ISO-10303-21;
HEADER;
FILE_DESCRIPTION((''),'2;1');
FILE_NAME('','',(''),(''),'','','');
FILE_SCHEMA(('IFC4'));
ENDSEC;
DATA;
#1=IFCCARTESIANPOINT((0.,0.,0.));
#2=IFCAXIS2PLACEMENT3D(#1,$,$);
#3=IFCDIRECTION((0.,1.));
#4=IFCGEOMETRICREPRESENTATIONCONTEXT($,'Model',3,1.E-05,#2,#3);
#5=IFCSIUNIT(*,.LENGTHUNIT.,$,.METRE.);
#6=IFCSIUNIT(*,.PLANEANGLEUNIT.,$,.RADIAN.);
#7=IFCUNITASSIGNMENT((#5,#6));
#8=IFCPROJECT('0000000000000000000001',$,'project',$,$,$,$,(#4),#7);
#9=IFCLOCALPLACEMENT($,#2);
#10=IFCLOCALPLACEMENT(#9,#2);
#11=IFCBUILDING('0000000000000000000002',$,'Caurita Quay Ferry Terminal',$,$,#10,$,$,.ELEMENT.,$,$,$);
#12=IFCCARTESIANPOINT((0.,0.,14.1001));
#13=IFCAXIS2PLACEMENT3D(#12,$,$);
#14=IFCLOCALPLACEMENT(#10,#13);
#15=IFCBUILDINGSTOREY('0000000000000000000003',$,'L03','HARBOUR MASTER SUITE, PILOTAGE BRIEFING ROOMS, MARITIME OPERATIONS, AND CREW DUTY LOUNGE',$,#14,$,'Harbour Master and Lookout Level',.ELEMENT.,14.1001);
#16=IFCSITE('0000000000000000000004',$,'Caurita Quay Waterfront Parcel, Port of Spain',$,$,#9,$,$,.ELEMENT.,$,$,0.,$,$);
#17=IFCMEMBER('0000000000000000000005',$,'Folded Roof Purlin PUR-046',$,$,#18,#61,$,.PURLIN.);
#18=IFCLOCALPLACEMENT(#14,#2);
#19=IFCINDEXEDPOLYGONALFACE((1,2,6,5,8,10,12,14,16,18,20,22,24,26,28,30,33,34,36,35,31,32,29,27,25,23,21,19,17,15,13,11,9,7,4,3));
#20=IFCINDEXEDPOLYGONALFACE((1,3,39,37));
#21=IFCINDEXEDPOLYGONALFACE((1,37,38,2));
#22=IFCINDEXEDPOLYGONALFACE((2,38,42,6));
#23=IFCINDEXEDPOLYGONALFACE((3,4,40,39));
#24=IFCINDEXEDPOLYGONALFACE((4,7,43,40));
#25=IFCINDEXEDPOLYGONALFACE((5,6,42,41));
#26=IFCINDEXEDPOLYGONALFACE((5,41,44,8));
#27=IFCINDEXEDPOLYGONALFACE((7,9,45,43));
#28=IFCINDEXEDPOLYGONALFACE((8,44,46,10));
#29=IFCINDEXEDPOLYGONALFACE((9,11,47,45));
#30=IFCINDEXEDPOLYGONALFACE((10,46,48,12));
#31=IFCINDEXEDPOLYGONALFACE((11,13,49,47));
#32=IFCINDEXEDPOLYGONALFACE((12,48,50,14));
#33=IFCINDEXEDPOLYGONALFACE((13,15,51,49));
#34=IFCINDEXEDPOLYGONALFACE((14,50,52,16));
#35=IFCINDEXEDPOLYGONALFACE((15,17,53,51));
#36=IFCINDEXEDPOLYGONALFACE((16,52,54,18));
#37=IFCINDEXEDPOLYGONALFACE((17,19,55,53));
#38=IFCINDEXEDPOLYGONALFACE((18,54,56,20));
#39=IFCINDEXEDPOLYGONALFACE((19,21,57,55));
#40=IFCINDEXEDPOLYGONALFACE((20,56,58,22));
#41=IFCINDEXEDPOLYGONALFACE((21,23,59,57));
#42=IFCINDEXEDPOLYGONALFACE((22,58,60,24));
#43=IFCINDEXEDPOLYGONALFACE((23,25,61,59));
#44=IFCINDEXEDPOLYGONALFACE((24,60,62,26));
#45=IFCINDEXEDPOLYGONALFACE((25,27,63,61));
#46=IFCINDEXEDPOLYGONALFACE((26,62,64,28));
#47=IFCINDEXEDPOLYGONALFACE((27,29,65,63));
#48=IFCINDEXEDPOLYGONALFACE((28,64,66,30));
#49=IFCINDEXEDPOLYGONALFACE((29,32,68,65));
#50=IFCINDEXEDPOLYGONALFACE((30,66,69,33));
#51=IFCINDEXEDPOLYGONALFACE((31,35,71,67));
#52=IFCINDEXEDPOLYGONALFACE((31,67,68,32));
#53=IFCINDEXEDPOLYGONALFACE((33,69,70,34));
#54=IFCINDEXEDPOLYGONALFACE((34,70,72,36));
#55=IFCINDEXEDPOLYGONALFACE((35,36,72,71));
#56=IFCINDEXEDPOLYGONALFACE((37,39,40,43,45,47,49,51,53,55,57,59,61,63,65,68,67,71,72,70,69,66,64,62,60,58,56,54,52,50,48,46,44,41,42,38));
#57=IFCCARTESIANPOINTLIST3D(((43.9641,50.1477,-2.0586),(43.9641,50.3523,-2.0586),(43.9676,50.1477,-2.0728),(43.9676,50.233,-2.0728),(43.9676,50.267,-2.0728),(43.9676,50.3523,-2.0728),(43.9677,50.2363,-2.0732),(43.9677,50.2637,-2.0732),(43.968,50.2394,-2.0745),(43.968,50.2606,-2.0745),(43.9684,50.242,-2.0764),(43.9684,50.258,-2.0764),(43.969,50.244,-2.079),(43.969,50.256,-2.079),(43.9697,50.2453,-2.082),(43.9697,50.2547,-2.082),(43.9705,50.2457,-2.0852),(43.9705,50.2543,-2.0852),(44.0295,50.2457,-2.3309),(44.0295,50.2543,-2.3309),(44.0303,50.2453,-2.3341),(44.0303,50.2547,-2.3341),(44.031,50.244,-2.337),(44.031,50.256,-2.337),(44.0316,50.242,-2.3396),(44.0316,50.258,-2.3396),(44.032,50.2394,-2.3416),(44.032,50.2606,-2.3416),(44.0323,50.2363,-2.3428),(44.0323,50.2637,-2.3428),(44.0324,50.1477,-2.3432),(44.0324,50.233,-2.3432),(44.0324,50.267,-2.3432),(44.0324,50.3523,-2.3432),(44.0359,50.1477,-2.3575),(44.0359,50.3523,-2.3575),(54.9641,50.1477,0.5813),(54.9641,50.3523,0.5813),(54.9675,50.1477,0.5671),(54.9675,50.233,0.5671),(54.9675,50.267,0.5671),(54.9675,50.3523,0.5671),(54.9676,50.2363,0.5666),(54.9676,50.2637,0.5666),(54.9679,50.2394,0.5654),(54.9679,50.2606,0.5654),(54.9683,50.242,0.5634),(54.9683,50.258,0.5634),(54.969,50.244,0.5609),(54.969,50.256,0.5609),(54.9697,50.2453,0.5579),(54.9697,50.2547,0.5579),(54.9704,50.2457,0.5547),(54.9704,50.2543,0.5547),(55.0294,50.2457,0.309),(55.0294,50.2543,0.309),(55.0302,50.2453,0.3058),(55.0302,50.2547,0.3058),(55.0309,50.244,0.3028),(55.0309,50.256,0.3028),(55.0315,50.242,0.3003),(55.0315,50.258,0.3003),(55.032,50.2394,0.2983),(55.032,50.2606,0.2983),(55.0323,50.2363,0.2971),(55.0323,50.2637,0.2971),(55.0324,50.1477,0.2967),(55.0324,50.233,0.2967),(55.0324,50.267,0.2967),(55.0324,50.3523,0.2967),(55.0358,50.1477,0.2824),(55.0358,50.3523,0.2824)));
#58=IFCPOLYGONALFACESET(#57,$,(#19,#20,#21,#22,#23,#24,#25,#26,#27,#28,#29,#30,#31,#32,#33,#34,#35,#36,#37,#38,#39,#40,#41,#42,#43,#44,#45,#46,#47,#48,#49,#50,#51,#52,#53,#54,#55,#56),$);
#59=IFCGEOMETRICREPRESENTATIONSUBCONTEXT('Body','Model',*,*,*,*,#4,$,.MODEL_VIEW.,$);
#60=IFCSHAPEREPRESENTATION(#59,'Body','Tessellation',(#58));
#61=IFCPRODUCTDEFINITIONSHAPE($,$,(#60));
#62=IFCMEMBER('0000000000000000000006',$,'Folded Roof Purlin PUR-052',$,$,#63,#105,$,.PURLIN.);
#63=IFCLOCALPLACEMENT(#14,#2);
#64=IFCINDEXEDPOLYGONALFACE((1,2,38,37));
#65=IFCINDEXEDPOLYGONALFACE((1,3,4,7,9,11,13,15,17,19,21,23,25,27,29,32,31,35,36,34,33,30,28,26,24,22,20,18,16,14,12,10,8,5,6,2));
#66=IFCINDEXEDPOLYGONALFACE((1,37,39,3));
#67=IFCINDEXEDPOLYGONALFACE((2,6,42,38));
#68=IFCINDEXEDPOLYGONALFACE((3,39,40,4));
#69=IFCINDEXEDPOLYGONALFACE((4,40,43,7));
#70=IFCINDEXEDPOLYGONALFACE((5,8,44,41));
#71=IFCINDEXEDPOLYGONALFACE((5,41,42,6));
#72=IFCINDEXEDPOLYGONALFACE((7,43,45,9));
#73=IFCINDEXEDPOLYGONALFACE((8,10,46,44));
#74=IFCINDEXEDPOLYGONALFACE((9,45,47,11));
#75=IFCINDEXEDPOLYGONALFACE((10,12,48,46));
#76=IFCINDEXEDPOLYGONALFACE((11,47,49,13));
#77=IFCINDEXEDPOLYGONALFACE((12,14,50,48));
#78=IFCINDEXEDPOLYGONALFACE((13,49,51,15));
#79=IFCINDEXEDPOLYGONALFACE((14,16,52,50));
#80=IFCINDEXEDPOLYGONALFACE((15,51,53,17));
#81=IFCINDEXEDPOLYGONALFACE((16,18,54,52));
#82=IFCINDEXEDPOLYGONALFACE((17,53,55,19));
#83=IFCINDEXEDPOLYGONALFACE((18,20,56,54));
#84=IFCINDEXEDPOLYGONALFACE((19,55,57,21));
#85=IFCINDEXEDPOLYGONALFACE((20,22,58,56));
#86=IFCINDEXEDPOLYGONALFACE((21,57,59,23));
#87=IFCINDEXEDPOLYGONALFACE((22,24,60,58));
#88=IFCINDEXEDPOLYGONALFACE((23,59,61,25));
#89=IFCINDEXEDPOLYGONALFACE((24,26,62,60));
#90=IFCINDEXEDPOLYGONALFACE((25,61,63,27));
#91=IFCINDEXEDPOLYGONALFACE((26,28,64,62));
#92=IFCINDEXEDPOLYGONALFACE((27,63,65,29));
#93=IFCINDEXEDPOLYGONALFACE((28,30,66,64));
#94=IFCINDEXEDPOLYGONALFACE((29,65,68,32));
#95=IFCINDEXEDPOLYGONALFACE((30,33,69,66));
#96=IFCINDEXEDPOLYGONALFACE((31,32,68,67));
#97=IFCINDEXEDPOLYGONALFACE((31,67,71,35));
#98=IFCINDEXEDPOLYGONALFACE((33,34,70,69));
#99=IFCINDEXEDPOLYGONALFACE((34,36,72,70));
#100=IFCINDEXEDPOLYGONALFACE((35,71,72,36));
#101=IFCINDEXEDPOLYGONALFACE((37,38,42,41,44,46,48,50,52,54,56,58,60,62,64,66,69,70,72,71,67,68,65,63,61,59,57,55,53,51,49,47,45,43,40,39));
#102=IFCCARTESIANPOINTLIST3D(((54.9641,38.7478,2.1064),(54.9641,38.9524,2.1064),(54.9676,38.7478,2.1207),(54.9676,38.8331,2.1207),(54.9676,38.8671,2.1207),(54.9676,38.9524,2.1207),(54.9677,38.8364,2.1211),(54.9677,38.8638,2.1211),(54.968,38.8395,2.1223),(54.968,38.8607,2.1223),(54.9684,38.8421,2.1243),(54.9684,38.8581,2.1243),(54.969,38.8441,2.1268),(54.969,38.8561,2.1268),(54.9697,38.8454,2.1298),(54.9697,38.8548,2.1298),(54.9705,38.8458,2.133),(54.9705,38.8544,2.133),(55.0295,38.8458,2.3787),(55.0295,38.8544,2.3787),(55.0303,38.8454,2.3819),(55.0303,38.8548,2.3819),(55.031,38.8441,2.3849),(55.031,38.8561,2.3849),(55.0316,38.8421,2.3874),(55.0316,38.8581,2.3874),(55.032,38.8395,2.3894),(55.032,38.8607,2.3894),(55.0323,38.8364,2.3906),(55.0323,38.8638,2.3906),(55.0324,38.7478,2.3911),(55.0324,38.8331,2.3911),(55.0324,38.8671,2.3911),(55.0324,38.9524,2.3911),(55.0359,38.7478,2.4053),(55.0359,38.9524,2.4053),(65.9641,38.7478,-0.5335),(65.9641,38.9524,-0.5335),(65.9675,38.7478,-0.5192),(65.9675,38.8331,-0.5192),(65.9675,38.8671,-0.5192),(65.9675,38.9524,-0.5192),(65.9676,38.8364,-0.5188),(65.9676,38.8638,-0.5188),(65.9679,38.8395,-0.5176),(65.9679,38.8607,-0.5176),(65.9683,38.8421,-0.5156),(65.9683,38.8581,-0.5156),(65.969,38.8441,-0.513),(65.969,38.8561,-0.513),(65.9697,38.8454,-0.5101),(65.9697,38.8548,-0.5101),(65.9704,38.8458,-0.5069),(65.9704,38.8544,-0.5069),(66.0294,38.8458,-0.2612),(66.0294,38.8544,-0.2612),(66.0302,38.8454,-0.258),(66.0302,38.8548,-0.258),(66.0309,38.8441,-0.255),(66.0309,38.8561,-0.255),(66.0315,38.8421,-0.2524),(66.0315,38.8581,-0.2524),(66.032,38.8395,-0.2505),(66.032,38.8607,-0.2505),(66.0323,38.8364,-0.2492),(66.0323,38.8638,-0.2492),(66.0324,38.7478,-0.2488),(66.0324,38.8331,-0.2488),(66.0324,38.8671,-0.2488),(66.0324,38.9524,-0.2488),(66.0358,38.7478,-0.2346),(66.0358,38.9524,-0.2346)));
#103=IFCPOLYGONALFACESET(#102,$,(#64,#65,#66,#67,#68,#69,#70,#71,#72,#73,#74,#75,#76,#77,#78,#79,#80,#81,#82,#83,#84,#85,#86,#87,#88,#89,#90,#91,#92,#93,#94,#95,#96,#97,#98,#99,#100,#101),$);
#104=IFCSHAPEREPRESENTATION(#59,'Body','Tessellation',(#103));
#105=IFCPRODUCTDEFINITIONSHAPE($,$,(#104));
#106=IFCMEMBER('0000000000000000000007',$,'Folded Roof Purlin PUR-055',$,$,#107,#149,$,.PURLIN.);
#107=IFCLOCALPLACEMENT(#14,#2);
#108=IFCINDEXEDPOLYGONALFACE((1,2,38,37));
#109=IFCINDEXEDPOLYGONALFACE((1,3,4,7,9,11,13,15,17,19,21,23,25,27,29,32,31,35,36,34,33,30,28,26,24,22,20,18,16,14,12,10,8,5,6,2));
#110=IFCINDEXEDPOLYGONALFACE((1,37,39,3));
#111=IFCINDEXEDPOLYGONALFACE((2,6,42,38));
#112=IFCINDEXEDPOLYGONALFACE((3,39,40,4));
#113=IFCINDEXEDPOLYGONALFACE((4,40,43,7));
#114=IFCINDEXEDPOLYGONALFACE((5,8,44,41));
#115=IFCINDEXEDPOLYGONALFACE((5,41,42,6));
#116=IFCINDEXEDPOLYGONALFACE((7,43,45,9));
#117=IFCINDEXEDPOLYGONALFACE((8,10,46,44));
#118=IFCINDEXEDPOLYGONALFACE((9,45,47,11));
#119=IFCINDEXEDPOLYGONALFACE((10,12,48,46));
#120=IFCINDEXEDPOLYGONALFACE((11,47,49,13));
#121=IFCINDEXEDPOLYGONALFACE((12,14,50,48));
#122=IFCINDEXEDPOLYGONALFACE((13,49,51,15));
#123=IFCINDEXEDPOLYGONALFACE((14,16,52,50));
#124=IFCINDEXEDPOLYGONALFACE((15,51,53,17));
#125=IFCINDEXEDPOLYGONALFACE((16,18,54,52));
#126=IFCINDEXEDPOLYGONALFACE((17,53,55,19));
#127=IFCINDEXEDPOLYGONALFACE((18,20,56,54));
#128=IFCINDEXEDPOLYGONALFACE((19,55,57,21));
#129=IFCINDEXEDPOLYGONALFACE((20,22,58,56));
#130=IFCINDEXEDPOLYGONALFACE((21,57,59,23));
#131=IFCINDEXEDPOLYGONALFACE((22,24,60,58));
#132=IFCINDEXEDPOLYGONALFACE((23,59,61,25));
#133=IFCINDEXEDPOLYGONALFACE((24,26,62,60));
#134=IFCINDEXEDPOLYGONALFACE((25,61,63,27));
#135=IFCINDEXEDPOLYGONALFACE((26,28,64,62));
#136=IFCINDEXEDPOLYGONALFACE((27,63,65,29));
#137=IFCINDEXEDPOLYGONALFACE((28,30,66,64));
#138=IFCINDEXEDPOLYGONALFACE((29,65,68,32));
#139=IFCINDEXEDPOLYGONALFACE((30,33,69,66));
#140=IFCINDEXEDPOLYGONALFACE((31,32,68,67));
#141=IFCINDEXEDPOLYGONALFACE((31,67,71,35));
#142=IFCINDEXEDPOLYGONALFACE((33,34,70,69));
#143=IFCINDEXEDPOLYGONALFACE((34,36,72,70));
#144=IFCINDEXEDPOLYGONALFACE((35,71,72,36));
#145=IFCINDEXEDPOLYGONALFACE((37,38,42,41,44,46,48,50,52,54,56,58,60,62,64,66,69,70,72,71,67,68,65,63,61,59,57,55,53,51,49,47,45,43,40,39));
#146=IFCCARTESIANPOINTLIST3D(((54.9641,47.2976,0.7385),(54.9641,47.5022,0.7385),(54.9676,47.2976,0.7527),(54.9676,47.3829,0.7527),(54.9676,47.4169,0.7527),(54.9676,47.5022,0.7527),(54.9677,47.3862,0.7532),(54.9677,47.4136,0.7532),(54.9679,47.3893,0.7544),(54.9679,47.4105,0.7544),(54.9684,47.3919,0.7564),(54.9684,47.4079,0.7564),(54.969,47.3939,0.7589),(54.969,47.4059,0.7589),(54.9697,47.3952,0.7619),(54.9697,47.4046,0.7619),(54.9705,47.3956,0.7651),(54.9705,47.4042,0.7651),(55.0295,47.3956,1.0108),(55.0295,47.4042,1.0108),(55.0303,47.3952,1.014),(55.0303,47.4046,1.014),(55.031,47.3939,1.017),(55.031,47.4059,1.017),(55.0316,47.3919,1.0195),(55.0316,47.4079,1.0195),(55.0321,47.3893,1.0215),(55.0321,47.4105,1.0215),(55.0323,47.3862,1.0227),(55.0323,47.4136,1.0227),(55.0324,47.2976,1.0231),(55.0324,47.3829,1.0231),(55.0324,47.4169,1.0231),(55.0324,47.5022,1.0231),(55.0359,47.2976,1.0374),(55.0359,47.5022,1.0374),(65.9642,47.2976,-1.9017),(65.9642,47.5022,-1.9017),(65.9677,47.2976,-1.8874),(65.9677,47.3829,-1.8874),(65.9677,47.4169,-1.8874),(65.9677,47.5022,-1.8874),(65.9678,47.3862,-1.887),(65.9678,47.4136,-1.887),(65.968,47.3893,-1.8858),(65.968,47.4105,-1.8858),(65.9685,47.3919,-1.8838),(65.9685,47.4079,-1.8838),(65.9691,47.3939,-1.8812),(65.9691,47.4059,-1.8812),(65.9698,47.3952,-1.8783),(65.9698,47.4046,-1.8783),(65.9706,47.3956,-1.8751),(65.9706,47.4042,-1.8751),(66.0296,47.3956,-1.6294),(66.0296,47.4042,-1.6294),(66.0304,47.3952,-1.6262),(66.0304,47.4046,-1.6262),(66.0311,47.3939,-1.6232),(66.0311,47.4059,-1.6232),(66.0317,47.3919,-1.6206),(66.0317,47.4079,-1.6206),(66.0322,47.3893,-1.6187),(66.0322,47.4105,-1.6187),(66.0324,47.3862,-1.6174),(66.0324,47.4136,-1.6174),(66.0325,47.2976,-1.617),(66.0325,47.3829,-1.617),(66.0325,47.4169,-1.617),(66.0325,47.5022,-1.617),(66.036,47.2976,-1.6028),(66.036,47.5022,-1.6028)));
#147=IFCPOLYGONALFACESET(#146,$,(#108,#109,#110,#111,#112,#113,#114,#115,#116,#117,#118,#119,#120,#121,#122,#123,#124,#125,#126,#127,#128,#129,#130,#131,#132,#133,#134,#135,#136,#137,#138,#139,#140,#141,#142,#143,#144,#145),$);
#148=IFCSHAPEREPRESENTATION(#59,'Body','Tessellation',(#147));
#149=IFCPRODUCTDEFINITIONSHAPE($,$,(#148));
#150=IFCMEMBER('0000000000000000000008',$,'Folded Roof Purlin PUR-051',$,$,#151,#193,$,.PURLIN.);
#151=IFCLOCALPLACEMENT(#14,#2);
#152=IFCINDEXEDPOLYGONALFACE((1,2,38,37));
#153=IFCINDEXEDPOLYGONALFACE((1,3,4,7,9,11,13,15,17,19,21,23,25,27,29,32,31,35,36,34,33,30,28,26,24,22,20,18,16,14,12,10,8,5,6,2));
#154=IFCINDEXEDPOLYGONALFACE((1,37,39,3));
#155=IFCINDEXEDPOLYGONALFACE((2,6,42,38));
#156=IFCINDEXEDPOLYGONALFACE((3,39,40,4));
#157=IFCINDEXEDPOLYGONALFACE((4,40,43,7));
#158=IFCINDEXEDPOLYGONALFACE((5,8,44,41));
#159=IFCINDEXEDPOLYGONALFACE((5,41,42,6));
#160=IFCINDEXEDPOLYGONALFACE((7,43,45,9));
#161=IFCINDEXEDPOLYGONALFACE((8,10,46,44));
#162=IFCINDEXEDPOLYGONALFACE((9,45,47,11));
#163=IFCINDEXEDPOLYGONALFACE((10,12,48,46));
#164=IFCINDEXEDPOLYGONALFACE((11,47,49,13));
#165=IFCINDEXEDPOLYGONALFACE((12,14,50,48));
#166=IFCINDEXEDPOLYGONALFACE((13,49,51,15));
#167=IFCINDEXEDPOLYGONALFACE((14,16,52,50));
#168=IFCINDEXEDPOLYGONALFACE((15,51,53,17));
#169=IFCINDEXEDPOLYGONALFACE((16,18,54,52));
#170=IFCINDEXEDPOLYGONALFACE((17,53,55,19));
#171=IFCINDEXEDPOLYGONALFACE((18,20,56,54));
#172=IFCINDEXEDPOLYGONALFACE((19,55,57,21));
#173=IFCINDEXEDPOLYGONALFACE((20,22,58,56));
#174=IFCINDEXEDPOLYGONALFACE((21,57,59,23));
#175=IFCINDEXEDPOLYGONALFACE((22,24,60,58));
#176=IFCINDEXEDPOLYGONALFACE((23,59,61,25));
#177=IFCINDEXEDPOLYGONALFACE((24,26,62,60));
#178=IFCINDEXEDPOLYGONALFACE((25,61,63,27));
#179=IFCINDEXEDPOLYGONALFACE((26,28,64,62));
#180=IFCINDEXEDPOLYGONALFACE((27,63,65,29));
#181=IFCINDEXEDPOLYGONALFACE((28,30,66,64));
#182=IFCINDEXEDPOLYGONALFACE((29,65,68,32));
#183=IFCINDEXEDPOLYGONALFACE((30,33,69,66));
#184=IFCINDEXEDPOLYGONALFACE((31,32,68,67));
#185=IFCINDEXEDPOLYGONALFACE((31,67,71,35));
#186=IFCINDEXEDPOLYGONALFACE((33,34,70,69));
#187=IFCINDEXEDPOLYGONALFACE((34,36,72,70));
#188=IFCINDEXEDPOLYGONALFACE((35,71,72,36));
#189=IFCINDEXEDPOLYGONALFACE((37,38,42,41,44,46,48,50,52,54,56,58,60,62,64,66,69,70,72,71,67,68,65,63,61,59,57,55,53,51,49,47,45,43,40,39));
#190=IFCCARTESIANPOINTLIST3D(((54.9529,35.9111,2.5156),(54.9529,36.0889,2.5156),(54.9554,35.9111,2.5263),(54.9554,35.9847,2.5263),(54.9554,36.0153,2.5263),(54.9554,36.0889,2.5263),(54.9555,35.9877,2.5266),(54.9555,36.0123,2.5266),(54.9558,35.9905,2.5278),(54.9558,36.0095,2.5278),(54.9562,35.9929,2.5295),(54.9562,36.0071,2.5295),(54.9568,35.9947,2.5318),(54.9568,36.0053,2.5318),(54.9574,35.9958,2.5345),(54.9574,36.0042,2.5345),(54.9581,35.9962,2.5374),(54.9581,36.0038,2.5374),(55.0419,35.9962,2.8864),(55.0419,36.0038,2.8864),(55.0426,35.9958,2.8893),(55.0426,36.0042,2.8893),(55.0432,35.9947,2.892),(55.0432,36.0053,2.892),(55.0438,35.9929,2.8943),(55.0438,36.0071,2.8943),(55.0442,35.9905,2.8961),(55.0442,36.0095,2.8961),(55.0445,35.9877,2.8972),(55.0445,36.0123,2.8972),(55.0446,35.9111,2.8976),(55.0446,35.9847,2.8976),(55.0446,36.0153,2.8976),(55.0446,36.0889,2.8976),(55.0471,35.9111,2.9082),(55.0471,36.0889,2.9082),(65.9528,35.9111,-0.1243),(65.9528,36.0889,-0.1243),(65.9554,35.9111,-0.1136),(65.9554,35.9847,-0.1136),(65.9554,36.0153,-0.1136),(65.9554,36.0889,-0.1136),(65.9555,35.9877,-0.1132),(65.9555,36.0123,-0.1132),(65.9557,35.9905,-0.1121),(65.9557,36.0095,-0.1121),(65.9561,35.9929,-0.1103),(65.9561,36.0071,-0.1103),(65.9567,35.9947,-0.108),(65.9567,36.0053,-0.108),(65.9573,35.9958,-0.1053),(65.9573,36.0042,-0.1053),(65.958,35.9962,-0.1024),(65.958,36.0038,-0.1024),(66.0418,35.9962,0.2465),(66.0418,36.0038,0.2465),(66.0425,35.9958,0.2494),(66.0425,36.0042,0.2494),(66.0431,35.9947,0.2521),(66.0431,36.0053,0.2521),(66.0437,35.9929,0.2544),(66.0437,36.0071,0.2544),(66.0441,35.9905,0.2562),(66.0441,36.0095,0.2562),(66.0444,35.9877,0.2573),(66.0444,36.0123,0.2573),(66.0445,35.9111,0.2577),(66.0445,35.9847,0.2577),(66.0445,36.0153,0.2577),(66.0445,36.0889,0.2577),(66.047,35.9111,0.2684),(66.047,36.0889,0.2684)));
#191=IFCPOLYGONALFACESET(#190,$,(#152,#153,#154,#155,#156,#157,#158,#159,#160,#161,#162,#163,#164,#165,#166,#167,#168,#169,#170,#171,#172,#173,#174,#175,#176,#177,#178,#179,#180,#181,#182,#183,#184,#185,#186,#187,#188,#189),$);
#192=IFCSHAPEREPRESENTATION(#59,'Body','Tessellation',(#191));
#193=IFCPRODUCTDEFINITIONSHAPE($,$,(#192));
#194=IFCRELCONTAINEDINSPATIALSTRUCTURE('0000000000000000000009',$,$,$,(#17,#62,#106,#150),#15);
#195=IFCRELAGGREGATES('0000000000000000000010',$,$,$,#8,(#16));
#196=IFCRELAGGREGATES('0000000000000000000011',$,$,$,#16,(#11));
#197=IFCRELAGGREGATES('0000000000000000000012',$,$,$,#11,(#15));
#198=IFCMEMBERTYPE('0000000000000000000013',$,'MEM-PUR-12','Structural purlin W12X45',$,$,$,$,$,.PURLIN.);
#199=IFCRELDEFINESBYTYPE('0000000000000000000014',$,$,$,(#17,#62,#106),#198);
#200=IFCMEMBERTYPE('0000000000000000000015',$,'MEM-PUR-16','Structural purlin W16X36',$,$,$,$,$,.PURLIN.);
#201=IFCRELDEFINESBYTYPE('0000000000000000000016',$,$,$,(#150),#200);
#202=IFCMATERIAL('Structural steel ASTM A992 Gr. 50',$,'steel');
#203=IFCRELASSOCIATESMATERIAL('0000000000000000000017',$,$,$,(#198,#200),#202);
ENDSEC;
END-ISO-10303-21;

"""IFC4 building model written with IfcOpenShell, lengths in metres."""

from ifc_helpers import new_model, si_unit, direction, frame, origin, origin_2d, place, context, subcontext, project, spatial, i_section, extrude, material, material_profile, profile_set, type_object, element, save


model = new_model("IFC4")

# Units and contexts
model_context = context("Model", 3, precision=1e-05, world=origin(), true_north=direction((0.0, 1.0)))
body_context = subcontext(model_context, "Body", "Model", "MODEL_VIEW")
ifc_project = project(units=[si_unit("LENGTHUNIT", "METRE"), si_unit("PLANEANGLEUNIT", "RADIAN")], contexts=[model_context])

# Site, building, storey
site_placement = place(None, origin())
site = spatial("IfcSite", under=ifc_project, at=site_placement, Name="Caurita Quay Waterfront Parcel, Port of Spain", CompositionType="ELEMENT", RefElevation=0.0)
building_placement = place(site_placement, origin())
building = spatial("IfcBuilding", under=site, at=building_placement, Name="Caurita Quay Ferry Terminal", CompositionType="ELEMENT")
storey_placement = place(building_placement, frame((0.0, 0.0, 14.1001)))
storey = spatial("IfcBuildingStorey", under=building, at=storey_placement, Name="L03", Description="HARBOUR MASTER SUITE, PILOTAGE BRIEFING ROOMS, MARITIME OPERATIONS, AND CREW DUTY LOUNGE", LongName="Harbour Master and Lookout Level", CompositionType="ELEMENT", Elevation=14.1001)

# Shared definitions
ifc_material_1 = material(Name="Structural steel ASTM A992 Gr. 50", Category="steel")

# Members
ifc_material_profile_1 = material_profile(ifc_material_1, i_section(OverallWidth=0.2046, OverallDepth=0.3074, WebThickness=0.0085, FlangeThickness=0.0146, FilletRadius=0.0127, at=origin_2d()), Name="W12X45")
ifc_profile_set_1 = profile_set([ifc_material_profile_1], Name="Structural steel ASTM A992 Gr. 50")
member_type_1 = type_object("IfcMemberType", Name="MEM-PUR-12", Description="Structural purlin W12X45", PredefinedType="PURLIN", material=ifc_profile_set_1)
for number, where, z_axis, x_axis, name in (
    (1, (44.0, 50.25, -2.208), (0.972389, 0.0, 0.233364), (0.0, 1.0, 0.0), "Folded Roof Purlin PUR-046"),
    (2, (55.0, 38.8501, 2.2559), (0.972389, 0.0, -0.233364), (0.0, 1.0, 0.0), "Folded Roof Purlin PUR-052"),
):
    element("IfcMember", number, at=place(storey_placement, frame(where, z_axis=z_axis, x_axis=x_axis)), inside=storey, type_object=member_type_1, Name=name, PredefinedType="PURLIN", context=body_context, shape_type="SweptSolid", body=[
        extrude(i_section(OverallWidth=0.2046, OverallDepth=0.3074, WebThickness=0.0085, FlangeThickness=0.0146, FilletRadius=0.0127, at=origin_2d()), origin(), (0.0, 0.0, 1.0), 11.3123),
    ])
member_1_placement = place(storey_placement, frame((55.0, 47.3999, 0.8879), z_axis=(0.972385, 0.0, -0.233384), x_axis=(0.0, 1.0, 0.0)))
element("IfcMember", 3, at=member_1_placement, inside=storey, type_object=member_type_1, Name="Folded Roof Purlin PUR-055", PredefinedType="PURLIN", context=body_context, shape_type="SweptSolid", body=[
    extrude(i_section(OverallWidth=0.2046, OverallDepth=0.3074, WebThickness=0.0085, FlangeThickness=0.0146, FilletRadius=0.0127, at=origin_2d()), origin(), (0.0, 0.0, 1.0), 11.3125),
])
ifc_material_profile_2 = material_profile(ifc_material_1, i_section(OverallWidth=0.1777, OverallDepth=0.4038, WebThickness=0.0076, FlangeThickness=0.011, FilletRadius=0.0115, at=origin_2d()), Name="W16X36")
ifc_profile_set_2 = profile_set([ifc_material_profile_2], Name="Structural steel ASTM A992 Gr. 50")
member_type_2 = type_object("IfcMemberType", Name="MEM-PUR-16", Description="Structural purlin W16X36", PredefinedType="PURLIN", material=ifc_profile_set_2)
member_2_placement = place(storey_placement, frame((55.0, 36.0, 2.7119), z_axis=(0.972389, 0.0, -0.233364), x_axis=(0.0, 1.0, 0.0)))
element("IfcMember", 4, at=member_2_placement, inside=storey, type_object=member_type_2, Name="Folded Roof Purlin PUR-051", PredefinedType="PURLIN", context=body_context, shape_type="SweptSolid", body=[
    extrude(i_section(OverallWidth=0.1777, OverallDepth=0.4038, WebThickness=0.0076, FlangeThickness=0.011, FilletRadius=0.0115, at=origin_2d()), origin(), (0.0, 0.0, 1.0), 11.3123),
])

save(model, "model.ifc")
